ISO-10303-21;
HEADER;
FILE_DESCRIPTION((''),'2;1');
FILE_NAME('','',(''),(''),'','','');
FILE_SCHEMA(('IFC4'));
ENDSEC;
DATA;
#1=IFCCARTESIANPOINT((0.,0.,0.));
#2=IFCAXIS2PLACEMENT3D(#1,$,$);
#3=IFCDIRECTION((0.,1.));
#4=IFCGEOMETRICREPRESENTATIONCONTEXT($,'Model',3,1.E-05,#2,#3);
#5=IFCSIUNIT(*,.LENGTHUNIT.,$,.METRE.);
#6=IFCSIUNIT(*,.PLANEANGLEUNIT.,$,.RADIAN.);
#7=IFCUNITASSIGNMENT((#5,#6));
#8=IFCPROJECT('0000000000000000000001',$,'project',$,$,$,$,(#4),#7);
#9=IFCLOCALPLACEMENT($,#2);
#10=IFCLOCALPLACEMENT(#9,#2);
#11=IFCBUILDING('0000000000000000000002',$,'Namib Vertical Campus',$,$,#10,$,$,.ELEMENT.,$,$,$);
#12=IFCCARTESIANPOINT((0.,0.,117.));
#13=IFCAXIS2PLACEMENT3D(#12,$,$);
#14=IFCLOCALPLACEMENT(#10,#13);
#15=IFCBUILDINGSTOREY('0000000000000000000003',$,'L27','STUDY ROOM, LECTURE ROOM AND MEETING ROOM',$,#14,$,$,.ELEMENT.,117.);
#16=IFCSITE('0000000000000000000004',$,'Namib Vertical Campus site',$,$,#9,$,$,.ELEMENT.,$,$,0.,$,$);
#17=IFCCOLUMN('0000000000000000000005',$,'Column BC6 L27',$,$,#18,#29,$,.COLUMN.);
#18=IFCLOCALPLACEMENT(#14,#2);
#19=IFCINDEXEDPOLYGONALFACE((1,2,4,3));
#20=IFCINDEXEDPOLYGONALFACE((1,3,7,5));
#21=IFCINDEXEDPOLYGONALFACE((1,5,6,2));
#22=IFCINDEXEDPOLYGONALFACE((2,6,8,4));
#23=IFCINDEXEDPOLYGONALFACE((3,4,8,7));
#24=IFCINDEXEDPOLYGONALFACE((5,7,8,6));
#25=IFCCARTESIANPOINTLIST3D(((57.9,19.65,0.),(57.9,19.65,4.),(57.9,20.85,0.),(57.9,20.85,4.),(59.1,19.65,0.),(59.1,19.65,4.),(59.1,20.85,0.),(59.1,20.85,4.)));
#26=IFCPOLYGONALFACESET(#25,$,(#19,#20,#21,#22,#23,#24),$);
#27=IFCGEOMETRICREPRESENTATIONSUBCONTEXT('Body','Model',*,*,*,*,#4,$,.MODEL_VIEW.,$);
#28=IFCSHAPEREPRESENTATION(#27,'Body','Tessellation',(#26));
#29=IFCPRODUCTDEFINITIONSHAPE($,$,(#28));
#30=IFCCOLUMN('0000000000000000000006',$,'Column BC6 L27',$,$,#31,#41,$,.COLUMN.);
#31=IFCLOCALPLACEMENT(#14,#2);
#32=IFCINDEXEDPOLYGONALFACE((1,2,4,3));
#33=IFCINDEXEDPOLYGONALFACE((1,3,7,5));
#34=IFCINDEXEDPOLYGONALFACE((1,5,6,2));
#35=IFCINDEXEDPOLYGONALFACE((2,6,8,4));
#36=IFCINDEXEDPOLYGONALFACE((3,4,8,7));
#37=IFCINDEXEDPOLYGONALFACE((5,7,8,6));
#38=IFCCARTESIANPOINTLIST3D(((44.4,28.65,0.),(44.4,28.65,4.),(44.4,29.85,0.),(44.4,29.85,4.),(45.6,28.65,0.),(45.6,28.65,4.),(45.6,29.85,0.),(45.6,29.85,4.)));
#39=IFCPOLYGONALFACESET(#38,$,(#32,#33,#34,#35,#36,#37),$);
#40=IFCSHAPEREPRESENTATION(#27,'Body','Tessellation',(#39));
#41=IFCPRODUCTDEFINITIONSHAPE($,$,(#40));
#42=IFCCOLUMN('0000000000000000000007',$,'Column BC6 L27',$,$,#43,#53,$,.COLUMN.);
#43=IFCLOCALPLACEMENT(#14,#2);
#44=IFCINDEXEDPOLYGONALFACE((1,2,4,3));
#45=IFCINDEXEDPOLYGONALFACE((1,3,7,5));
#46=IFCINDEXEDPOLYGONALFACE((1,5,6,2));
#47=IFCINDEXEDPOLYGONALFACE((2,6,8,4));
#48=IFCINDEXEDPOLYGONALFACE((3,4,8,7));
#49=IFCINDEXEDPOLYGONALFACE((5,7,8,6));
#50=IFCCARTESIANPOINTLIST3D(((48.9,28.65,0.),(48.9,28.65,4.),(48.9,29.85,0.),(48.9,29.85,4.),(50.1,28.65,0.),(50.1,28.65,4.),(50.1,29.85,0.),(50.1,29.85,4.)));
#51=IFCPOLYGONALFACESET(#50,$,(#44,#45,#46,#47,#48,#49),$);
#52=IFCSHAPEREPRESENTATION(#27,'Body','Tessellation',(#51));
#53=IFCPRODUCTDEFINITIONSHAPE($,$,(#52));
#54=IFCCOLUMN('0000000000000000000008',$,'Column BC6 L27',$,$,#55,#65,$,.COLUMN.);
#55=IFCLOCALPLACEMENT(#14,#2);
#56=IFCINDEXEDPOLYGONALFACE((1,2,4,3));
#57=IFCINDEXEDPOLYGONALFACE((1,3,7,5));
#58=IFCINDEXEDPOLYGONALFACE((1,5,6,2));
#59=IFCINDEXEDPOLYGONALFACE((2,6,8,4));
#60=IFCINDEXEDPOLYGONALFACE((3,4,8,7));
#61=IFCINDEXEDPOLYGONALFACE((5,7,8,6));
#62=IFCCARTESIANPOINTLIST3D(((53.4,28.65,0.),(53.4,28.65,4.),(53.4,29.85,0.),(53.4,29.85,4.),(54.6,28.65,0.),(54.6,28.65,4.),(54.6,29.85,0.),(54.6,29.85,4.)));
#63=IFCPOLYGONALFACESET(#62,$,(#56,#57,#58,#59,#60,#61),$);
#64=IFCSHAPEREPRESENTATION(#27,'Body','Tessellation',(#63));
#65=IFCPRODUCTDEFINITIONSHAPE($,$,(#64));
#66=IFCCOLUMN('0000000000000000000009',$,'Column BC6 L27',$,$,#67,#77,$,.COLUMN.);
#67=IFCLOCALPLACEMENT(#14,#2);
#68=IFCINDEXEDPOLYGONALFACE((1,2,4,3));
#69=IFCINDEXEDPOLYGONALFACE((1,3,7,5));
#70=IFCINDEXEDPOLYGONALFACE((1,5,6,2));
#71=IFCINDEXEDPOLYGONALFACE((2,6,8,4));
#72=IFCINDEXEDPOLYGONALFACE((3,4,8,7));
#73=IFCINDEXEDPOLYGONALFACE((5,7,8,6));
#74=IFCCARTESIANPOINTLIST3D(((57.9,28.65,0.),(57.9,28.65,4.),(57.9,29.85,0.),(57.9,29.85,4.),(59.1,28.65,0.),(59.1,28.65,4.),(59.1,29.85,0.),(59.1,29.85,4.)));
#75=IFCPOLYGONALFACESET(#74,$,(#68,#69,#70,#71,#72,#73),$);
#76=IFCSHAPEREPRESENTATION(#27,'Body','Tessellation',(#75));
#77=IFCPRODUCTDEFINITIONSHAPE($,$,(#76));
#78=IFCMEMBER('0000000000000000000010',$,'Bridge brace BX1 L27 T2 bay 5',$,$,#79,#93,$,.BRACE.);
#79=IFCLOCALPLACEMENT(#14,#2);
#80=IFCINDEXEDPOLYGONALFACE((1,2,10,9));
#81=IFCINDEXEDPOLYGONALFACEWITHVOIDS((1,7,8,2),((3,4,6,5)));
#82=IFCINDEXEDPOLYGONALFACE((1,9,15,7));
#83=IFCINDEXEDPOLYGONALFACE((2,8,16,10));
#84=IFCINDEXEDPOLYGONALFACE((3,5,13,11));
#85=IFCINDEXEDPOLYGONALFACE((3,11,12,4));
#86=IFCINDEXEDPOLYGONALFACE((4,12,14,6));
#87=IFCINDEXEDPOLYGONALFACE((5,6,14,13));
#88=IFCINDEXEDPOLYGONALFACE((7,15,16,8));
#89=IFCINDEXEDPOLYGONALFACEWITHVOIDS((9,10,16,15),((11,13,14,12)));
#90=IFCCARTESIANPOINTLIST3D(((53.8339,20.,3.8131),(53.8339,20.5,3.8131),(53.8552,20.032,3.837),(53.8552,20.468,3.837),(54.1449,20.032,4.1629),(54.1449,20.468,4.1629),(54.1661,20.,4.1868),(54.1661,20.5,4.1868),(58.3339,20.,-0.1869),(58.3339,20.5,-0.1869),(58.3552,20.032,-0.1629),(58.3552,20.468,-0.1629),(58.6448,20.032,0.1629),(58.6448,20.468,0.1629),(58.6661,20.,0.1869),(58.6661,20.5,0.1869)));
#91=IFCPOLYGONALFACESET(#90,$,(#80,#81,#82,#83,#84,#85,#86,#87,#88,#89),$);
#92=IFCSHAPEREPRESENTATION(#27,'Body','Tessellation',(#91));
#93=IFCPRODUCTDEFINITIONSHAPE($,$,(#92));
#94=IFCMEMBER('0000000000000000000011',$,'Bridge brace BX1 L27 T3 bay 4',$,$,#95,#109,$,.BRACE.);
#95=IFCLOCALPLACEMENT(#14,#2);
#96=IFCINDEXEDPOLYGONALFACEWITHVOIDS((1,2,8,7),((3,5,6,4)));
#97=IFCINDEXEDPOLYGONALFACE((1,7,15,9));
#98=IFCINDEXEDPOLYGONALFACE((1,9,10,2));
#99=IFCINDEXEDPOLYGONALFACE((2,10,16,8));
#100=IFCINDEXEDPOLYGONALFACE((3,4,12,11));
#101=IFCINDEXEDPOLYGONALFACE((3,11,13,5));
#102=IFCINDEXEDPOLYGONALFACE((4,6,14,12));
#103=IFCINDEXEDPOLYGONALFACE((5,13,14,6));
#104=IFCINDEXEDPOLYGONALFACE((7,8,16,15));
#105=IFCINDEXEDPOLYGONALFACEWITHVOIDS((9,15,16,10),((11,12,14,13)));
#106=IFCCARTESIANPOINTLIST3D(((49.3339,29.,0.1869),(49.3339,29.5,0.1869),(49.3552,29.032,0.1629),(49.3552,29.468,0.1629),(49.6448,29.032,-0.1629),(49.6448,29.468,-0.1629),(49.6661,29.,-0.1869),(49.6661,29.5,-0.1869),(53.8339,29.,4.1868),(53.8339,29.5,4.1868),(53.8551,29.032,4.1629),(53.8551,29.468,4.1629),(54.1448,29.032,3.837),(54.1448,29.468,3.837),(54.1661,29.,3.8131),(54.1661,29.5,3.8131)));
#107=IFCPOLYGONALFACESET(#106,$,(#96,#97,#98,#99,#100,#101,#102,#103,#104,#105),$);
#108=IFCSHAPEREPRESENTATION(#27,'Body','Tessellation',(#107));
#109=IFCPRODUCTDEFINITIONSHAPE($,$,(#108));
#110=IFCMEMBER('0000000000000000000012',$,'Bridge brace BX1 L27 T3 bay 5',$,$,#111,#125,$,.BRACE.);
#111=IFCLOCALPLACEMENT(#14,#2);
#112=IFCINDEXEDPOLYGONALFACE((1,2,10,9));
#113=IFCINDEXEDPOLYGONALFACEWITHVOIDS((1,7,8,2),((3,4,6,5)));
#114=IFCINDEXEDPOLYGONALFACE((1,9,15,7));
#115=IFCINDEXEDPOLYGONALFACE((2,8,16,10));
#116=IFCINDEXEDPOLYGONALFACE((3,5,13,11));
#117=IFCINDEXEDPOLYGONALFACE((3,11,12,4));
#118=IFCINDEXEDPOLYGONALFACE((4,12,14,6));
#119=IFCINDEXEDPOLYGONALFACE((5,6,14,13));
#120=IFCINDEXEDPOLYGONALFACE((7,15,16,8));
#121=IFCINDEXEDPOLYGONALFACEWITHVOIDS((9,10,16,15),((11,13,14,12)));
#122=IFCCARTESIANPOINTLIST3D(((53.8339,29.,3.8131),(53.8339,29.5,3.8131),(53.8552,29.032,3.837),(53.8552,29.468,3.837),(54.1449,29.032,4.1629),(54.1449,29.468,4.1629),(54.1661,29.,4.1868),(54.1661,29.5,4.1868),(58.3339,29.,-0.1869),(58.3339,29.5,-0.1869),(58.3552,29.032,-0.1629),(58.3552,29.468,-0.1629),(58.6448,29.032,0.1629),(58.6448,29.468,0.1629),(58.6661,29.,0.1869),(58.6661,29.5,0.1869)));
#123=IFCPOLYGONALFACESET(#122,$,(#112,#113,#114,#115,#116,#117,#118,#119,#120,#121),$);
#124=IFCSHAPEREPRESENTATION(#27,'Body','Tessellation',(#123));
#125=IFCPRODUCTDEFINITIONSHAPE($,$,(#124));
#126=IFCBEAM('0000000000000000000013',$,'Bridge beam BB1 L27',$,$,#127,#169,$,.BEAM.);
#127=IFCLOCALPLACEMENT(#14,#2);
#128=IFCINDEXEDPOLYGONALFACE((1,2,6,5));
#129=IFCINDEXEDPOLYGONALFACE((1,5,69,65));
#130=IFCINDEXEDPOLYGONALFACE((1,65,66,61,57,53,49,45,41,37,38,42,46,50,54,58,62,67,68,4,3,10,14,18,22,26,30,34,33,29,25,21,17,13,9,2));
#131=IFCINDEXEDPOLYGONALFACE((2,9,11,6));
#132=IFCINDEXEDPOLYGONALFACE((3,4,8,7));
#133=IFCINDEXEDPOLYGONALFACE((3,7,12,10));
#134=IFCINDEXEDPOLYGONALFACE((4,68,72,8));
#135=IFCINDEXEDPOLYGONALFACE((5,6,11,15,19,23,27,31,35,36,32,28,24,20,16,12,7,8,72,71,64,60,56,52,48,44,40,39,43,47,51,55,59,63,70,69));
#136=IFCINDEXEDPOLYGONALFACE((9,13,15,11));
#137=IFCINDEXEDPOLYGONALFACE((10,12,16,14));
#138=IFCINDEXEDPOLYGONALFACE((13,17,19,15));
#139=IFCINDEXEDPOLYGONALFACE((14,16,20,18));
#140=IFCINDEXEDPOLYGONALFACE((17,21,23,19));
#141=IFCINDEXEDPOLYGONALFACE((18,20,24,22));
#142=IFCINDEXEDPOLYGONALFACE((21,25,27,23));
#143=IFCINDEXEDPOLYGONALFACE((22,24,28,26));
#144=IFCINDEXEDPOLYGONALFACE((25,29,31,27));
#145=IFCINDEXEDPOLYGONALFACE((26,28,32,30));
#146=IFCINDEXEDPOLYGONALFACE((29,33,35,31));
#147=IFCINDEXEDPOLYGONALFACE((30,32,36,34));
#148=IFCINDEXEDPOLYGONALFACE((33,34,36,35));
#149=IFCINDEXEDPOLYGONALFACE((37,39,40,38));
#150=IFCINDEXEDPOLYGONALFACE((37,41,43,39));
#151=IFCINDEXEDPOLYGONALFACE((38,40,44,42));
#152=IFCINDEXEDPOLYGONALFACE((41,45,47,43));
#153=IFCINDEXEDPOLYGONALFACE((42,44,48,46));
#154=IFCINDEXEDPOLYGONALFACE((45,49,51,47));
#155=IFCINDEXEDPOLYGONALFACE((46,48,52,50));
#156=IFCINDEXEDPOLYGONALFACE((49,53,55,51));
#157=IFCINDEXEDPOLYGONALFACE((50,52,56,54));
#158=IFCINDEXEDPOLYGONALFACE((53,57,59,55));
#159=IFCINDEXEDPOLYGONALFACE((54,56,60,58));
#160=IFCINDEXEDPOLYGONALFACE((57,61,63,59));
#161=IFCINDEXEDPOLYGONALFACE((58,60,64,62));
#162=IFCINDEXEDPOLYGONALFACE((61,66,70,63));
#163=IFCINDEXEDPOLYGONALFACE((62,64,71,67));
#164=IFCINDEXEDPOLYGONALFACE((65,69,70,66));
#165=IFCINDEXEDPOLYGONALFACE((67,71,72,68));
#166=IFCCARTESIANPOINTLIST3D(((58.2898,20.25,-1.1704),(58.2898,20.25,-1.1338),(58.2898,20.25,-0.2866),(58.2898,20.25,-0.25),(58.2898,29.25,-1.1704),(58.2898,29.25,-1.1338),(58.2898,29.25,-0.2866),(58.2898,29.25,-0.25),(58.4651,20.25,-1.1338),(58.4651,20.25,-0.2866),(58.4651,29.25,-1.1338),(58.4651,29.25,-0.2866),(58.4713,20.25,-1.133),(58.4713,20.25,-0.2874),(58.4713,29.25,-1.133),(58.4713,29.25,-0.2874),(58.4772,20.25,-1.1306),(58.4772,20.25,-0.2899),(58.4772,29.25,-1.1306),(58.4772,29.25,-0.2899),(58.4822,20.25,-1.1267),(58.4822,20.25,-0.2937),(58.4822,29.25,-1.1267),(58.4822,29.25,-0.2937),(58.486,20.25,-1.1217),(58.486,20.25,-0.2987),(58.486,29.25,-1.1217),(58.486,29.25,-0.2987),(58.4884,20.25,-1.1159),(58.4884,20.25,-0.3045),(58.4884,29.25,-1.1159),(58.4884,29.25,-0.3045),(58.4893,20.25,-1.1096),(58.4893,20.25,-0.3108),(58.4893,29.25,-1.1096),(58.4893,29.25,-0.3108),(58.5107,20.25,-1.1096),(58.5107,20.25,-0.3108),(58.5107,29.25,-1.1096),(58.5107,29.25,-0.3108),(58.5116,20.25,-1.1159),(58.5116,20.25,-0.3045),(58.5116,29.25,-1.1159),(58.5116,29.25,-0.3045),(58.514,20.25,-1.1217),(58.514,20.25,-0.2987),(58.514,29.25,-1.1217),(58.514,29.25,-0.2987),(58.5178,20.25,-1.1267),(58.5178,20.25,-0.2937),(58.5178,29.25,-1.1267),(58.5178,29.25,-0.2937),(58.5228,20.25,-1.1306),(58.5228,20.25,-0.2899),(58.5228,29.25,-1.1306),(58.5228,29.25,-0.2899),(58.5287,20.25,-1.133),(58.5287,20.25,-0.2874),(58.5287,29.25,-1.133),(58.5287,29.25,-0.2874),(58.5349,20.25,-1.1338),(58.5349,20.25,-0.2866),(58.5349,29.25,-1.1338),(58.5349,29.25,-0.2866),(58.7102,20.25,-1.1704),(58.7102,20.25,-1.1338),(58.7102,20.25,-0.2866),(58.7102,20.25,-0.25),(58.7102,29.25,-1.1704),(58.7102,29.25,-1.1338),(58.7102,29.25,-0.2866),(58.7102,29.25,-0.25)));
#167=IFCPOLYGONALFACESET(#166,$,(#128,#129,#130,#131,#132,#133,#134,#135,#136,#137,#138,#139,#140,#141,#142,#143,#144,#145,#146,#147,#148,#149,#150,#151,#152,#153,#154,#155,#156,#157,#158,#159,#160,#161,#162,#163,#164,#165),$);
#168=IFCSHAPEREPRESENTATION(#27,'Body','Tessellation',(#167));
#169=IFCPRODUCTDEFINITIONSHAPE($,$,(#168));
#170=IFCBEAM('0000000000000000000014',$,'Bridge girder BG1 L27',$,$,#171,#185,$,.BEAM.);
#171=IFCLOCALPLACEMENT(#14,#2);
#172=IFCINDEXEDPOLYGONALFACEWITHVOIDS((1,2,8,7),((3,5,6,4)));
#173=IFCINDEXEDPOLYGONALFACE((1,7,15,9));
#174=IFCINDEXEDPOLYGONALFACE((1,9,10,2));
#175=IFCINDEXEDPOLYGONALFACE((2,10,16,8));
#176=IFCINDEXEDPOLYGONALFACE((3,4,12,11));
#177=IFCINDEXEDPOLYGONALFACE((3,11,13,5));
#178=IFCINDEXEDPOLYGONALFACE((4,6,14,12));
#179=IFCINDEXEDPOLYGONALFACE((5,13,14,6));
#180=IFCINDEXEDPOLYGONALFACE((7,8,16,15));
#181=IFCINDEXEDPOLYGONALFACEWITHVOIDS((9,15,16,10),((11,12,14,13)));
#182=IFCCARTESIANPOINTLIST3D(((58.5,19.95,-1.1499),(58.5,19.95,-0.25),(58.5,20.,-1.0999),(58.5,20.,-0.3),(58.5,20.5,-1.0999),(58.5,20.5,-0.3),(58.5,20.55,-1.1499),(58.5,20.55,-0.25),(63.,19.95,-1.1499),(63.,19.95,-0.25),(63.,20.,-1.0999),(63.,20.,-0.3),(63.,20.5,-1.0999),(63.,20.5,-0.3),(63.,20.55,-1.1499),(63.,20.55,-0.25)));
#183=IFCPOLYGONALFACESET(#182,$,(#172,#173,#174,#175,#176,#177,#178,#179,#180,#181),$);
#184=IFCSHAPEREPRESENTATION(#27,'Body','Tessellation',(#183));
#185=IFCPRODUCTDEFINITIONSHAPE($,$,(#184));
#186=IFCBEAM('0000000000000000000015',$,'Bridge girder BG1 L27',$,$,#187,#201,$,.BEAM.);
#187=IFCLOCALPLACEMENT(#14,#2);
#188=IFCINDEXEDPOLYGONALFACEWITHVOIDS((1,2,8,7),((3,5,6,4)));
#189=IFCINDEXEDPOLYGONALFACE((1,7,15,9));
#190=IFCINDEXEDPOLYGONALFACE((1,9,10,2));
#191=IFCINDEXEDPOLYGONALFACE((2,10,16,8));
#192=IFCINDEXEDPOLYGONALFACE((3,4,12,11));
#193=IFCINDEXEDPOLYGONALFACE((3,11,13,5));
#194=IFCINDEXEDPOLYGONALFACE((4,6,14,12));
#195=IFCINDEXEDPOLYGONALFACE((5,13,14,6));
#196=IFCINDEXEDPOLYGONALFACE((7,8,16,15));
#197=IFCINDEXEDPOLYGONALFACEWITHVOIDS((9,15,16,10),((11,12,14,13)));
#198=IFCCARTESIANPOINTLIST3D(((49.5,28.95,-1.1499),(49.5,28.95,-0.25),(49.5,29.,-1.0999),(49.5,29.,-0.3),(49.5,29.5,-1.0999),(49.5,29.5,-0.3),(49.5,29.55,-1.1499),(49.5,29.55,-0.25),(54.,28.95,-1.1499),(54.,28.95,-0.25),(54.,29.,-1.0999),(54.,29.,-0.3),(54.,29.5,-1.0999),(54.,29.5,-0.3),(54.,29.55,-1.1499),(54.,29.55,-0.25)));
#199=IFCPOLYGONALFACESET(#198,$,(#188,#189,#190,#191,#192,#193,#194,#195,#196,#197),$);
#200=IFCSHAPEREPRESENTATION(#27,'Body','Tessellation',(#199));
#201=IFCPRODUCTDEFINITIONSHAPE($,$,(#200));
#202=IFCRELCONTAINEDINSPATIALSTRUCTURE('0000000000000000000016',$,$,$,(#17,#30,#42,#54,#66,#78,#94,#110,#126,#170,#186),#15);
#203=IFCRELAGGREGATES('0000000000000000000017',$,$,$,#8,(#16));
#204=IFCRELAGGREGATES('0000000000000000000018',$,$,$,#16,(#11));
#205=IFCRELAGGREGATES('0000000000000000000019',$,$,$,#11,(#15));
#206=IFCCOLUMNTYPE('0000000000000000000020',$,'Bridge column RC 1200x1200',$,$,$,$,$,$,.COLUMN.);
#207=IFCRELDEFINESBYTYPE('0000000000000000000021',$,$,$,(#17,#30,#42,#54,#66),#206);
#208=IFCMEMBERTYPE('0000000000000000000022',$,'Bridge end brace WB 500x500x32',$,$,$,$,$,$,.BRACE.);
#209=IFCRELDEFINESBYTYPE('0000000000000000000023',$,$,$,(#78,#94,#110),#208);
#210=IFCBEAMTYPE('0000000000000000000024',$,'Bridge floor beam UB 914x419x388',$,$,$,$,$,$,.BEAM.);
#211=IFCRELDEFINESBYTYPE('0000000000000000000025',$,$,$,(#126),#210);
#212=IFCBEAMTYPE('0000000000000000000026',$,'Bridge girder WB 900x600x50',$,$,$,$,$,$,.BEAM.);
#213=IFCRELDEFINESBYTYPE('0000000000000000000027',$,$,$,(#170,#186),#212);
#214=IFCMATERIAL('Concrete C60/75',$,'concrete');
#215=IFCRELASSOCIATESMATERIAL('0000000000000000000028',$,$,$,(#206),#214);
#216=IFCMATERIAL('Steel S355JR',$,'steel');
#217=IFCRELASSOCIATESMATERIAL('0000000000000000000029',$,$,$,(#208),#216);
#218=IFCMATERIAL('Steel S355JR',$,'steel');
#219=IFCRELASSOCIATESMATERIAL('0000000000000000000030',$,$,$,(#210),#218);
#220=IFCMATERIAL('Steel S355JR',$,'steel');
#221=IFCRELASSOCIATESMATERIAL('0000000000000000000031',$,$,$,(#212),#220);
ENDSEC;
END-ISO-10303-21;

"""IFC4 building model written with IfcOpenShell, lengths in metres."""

from ifc_helpers import new_model, si_unit, direction, frame, origin, origin_2d, place, context, subcontext, project, spatial, rectangle, hollow_rectangle, i_section, extrude, material, material_profile, profile_set, type_object, element, save


model = new_model("IFC4")

# Units and contexts
model_context = context("Model", 3, precision=1e-05, world=origin(), true_north=direction((0.0, 1.0)))
body_context = subcontext(model_context, "Body", "Model", "MODEL_VIEW")
ifc_project = project(units=[si_unit("LENGTHUNIT", "METRE"), si_unit("PLANEANGLEUNIT", "RADIAN")], contexts=[model_context])

# Site, building, storey
site_placement = place(None, origin())
site = spatial("IfcSite", under=ifc_project, at=site_placement, Name="Namib Vertical Campus site", CompositionType="ELEMENT", RefElevation=0.0)
building_placement = place(site_placement, origin())
building = spatial("IfcBuilding", under=site, at=building_placement, Name="Namib Vertical Campus", CompositionType="ELEMENT")
storey_placement = place(building_placement, frame((0.0, 0.0, 117.0)))
storey = spatial("IfcBuildingStorey", under=building, at=storey_placement, Name="L27", Description="STUDY ROOM, LECTURE ROOM AND MEETING ROOM", CompositionType="ELEMENT", Elevation=117.0)

# Columns
ifc_material_1 = material(Name="Concrete C60/75", Category="concrete")
ifc_material_profile_1 = material_profile(ifc_material_1, rectangle(XDim=1.2, YDim=1.2, at=origin_2d()))
ifc_profile_set_1 = profile_set([ifc_material_profile_1], Name="Concrete C60/75")
column_type = type_object("IfcColumnType", Name="Bridge column RC 1200x1200", PredefinedType="COLUMN", material=ifc_profile_set_1)
for number, where, z_axis, x_axis, name in (
    (1, (58.5, 20.25, 0.0), (0.0, 0.0, 1.0), (1.0, 0.0, 0.0), "Column BC6 L27"),
    (2, (45.0, 29.25, 0.0), (0.0, 0.0, 1.0), (1.0, 0.0, 0.0), "Column BC6 L27"),
    (3, (49.5, 29.25, 0.0), (0.0, 0.0, 1.0), (1.0, 0.0, 0.0), "Column BC6 L27"),
    (4, (54.0, 29.25, 0.0), (0.0, 0.0, 1.0), (1.0, 0.0, 0.0), "Column BC6 L27"),
    (5, (58.5, 29.25, 0.0), (0.0, 0.0, 1.0), (1.0, 0.0, 0.0), "Column BC6 L27"),
):
    element("IfcColumn", number, at=place(storey_placement, frame(where, z_axis=z_axis, x_axis=x_axis)), inside=storey, type_object=column_type, Name=name, PredefinedType="COLUMN", context=body_context, shape_type="SweptSolid", body=[
        extrude(rectangle(XDim=1.2, YDim=1.2, at=origin_2d()), origin(), (0.0, 0.0, 1.0), 4.0),
    ])

# Members
ifc_material_2 = material(Name="Steel S355JR", Category="steel")
ifc_material_profile_2 = material_profile(ifc_material_2, hollow_rectangle(XDim=0.5, YDim=0.5, WallThickness=0.032, at=origin_2d()))
ifc_profile_set_2 = profile_set([ifc_material_profile_2], Name="Steel S355JR")
member_type_1 = type_object("IfcMemberType", Name="Bridge end brace WB 500x500x32", PredefinedType="BRACE", material=ifc_profile_set_2)
for number, where, z_axis, x_axis, name in (
    (6, (58.5, 20.25, 0.0), (-0.747409, 0.0, 0.664364), (0.0, -1.0, 0.0), "Bridge brace BX1 L27 T2 bay 5"),
    (7, (49.5, 29.25, 0.0), (0.747409, 0.0, 0.664364), (0.0, 1.0, 0.0), "Bridge brace BX1 L27 T3 bay 4"),
    (8, (58.5, 29.25, 0.0), (-0.747409, 0.0, 0.664364), (0.0, -1.0, 0.0), "Bridge brace BX1 L27 T3 bay 5"),
):
    element("IfcMember", number, at=place(storey_placement, frame(where, z_axis=z_axis, x_axis=x_axis)), inside=storey, type_object=member_type_1, Name=name, PredefinedType="BRACE", context=body_context, shape_type="SweptSolid", body=[
        extrude(hollow_rectangle(XDim=0.5, YDim=0.5, WallThickness=0.032, at=origin_2d()), origin(), (0.0, 0.0, 1.0), 6.0208),
    ])

# Beams
ifc_material_3 = material(Name="Steel S355JR", Category="steel")
ifc_material_profile_3 = material_profile(ifc_material_3, i_section(OverallWidth=0.4204, OverallDepth=0.9204, WebThickness=0.0215, FlangeThickness=0.0366, FilletRadius=0.0242, at=origin_2d()))
ifc_profile_set_3 = profile_set([ifc_material_profile_3], Name="Steel S355JR")
beam_type_1 = type_object("IfcBeamType", Name="Bridge floor beam UB 914x419x388", PredefinedType="BEAM", material=ifc_profile_set_3)
beam_placement = place(storey_placement, frame((58.5, 20.25, -0.7102), z_axis=(0.0, 1.0, 0.0), x_axis=(-1.0, 0.0, 0.0)))
element("IfcBeam", 9, at=beam_placement, inside=storey, type_object=beam_type_1, Name="Bridge beam BB1 L27", PredefinedType="BEAM", context=body_context, shape_type="SweptSolid", body=[
    extrude(i_section(OverallWidth=0.4204, OverallDepth=0.9204, WebThickness=0.0215, FlangeThickness=0.0366, FilletRadius=0.0242, at=origin_2d()), origin(), (0.0, 0.0, 1.0), 9.0),
])
ifc_material_4 = material(Name="Steel S355JR", Category="steel")
ifc_material_profile_4 = material_profile(ifc_material_4, hollow_rectangle(XDim=0.6001, YDim=0.8999, WallThickness=0.05, at=origin_2d()))
ifc_profile_set_4 = profile_set([ifc_material_profile_4], Name="Steel S355JR")
beam_type_2 = type_object("IfcBeamType", Name="Bridge girder WB 900x600x50", PredefinedType="BEAM", material=ifc_profile_set_4)
for number, where, z_axis, x_axis, name in (
    (10, (58.5, 20.25, -0.7), (1.0, 0.0, 0.0), (0.0, 1.0, 0.0), "Bridge girder BG1 L27"),
    (11, (49.5, 29.25, -0.7), (1.0, 0.0, 0.0), (0.0, 1.0, 0.0), "Bridge girder BG1 L27"),
):
    element("IfcBeam", number, at=place(storey_placement, frame(where, z_axis=z_axis, x_axis=x_axis)), inside=storey, type_object=beam_type_2, Name=name, PredefinedType="BEAM", context=body_context, shape_type="SweptSolid", body=[
        extrude(hollow_rectangle(XDim=0.6001, YDim=0.8999, WallThickness=0.05, at=origin_2d()), origin(), (0.0, 0.0, 1.0), 4.5),
    ])

save(model, "model.ifc")
